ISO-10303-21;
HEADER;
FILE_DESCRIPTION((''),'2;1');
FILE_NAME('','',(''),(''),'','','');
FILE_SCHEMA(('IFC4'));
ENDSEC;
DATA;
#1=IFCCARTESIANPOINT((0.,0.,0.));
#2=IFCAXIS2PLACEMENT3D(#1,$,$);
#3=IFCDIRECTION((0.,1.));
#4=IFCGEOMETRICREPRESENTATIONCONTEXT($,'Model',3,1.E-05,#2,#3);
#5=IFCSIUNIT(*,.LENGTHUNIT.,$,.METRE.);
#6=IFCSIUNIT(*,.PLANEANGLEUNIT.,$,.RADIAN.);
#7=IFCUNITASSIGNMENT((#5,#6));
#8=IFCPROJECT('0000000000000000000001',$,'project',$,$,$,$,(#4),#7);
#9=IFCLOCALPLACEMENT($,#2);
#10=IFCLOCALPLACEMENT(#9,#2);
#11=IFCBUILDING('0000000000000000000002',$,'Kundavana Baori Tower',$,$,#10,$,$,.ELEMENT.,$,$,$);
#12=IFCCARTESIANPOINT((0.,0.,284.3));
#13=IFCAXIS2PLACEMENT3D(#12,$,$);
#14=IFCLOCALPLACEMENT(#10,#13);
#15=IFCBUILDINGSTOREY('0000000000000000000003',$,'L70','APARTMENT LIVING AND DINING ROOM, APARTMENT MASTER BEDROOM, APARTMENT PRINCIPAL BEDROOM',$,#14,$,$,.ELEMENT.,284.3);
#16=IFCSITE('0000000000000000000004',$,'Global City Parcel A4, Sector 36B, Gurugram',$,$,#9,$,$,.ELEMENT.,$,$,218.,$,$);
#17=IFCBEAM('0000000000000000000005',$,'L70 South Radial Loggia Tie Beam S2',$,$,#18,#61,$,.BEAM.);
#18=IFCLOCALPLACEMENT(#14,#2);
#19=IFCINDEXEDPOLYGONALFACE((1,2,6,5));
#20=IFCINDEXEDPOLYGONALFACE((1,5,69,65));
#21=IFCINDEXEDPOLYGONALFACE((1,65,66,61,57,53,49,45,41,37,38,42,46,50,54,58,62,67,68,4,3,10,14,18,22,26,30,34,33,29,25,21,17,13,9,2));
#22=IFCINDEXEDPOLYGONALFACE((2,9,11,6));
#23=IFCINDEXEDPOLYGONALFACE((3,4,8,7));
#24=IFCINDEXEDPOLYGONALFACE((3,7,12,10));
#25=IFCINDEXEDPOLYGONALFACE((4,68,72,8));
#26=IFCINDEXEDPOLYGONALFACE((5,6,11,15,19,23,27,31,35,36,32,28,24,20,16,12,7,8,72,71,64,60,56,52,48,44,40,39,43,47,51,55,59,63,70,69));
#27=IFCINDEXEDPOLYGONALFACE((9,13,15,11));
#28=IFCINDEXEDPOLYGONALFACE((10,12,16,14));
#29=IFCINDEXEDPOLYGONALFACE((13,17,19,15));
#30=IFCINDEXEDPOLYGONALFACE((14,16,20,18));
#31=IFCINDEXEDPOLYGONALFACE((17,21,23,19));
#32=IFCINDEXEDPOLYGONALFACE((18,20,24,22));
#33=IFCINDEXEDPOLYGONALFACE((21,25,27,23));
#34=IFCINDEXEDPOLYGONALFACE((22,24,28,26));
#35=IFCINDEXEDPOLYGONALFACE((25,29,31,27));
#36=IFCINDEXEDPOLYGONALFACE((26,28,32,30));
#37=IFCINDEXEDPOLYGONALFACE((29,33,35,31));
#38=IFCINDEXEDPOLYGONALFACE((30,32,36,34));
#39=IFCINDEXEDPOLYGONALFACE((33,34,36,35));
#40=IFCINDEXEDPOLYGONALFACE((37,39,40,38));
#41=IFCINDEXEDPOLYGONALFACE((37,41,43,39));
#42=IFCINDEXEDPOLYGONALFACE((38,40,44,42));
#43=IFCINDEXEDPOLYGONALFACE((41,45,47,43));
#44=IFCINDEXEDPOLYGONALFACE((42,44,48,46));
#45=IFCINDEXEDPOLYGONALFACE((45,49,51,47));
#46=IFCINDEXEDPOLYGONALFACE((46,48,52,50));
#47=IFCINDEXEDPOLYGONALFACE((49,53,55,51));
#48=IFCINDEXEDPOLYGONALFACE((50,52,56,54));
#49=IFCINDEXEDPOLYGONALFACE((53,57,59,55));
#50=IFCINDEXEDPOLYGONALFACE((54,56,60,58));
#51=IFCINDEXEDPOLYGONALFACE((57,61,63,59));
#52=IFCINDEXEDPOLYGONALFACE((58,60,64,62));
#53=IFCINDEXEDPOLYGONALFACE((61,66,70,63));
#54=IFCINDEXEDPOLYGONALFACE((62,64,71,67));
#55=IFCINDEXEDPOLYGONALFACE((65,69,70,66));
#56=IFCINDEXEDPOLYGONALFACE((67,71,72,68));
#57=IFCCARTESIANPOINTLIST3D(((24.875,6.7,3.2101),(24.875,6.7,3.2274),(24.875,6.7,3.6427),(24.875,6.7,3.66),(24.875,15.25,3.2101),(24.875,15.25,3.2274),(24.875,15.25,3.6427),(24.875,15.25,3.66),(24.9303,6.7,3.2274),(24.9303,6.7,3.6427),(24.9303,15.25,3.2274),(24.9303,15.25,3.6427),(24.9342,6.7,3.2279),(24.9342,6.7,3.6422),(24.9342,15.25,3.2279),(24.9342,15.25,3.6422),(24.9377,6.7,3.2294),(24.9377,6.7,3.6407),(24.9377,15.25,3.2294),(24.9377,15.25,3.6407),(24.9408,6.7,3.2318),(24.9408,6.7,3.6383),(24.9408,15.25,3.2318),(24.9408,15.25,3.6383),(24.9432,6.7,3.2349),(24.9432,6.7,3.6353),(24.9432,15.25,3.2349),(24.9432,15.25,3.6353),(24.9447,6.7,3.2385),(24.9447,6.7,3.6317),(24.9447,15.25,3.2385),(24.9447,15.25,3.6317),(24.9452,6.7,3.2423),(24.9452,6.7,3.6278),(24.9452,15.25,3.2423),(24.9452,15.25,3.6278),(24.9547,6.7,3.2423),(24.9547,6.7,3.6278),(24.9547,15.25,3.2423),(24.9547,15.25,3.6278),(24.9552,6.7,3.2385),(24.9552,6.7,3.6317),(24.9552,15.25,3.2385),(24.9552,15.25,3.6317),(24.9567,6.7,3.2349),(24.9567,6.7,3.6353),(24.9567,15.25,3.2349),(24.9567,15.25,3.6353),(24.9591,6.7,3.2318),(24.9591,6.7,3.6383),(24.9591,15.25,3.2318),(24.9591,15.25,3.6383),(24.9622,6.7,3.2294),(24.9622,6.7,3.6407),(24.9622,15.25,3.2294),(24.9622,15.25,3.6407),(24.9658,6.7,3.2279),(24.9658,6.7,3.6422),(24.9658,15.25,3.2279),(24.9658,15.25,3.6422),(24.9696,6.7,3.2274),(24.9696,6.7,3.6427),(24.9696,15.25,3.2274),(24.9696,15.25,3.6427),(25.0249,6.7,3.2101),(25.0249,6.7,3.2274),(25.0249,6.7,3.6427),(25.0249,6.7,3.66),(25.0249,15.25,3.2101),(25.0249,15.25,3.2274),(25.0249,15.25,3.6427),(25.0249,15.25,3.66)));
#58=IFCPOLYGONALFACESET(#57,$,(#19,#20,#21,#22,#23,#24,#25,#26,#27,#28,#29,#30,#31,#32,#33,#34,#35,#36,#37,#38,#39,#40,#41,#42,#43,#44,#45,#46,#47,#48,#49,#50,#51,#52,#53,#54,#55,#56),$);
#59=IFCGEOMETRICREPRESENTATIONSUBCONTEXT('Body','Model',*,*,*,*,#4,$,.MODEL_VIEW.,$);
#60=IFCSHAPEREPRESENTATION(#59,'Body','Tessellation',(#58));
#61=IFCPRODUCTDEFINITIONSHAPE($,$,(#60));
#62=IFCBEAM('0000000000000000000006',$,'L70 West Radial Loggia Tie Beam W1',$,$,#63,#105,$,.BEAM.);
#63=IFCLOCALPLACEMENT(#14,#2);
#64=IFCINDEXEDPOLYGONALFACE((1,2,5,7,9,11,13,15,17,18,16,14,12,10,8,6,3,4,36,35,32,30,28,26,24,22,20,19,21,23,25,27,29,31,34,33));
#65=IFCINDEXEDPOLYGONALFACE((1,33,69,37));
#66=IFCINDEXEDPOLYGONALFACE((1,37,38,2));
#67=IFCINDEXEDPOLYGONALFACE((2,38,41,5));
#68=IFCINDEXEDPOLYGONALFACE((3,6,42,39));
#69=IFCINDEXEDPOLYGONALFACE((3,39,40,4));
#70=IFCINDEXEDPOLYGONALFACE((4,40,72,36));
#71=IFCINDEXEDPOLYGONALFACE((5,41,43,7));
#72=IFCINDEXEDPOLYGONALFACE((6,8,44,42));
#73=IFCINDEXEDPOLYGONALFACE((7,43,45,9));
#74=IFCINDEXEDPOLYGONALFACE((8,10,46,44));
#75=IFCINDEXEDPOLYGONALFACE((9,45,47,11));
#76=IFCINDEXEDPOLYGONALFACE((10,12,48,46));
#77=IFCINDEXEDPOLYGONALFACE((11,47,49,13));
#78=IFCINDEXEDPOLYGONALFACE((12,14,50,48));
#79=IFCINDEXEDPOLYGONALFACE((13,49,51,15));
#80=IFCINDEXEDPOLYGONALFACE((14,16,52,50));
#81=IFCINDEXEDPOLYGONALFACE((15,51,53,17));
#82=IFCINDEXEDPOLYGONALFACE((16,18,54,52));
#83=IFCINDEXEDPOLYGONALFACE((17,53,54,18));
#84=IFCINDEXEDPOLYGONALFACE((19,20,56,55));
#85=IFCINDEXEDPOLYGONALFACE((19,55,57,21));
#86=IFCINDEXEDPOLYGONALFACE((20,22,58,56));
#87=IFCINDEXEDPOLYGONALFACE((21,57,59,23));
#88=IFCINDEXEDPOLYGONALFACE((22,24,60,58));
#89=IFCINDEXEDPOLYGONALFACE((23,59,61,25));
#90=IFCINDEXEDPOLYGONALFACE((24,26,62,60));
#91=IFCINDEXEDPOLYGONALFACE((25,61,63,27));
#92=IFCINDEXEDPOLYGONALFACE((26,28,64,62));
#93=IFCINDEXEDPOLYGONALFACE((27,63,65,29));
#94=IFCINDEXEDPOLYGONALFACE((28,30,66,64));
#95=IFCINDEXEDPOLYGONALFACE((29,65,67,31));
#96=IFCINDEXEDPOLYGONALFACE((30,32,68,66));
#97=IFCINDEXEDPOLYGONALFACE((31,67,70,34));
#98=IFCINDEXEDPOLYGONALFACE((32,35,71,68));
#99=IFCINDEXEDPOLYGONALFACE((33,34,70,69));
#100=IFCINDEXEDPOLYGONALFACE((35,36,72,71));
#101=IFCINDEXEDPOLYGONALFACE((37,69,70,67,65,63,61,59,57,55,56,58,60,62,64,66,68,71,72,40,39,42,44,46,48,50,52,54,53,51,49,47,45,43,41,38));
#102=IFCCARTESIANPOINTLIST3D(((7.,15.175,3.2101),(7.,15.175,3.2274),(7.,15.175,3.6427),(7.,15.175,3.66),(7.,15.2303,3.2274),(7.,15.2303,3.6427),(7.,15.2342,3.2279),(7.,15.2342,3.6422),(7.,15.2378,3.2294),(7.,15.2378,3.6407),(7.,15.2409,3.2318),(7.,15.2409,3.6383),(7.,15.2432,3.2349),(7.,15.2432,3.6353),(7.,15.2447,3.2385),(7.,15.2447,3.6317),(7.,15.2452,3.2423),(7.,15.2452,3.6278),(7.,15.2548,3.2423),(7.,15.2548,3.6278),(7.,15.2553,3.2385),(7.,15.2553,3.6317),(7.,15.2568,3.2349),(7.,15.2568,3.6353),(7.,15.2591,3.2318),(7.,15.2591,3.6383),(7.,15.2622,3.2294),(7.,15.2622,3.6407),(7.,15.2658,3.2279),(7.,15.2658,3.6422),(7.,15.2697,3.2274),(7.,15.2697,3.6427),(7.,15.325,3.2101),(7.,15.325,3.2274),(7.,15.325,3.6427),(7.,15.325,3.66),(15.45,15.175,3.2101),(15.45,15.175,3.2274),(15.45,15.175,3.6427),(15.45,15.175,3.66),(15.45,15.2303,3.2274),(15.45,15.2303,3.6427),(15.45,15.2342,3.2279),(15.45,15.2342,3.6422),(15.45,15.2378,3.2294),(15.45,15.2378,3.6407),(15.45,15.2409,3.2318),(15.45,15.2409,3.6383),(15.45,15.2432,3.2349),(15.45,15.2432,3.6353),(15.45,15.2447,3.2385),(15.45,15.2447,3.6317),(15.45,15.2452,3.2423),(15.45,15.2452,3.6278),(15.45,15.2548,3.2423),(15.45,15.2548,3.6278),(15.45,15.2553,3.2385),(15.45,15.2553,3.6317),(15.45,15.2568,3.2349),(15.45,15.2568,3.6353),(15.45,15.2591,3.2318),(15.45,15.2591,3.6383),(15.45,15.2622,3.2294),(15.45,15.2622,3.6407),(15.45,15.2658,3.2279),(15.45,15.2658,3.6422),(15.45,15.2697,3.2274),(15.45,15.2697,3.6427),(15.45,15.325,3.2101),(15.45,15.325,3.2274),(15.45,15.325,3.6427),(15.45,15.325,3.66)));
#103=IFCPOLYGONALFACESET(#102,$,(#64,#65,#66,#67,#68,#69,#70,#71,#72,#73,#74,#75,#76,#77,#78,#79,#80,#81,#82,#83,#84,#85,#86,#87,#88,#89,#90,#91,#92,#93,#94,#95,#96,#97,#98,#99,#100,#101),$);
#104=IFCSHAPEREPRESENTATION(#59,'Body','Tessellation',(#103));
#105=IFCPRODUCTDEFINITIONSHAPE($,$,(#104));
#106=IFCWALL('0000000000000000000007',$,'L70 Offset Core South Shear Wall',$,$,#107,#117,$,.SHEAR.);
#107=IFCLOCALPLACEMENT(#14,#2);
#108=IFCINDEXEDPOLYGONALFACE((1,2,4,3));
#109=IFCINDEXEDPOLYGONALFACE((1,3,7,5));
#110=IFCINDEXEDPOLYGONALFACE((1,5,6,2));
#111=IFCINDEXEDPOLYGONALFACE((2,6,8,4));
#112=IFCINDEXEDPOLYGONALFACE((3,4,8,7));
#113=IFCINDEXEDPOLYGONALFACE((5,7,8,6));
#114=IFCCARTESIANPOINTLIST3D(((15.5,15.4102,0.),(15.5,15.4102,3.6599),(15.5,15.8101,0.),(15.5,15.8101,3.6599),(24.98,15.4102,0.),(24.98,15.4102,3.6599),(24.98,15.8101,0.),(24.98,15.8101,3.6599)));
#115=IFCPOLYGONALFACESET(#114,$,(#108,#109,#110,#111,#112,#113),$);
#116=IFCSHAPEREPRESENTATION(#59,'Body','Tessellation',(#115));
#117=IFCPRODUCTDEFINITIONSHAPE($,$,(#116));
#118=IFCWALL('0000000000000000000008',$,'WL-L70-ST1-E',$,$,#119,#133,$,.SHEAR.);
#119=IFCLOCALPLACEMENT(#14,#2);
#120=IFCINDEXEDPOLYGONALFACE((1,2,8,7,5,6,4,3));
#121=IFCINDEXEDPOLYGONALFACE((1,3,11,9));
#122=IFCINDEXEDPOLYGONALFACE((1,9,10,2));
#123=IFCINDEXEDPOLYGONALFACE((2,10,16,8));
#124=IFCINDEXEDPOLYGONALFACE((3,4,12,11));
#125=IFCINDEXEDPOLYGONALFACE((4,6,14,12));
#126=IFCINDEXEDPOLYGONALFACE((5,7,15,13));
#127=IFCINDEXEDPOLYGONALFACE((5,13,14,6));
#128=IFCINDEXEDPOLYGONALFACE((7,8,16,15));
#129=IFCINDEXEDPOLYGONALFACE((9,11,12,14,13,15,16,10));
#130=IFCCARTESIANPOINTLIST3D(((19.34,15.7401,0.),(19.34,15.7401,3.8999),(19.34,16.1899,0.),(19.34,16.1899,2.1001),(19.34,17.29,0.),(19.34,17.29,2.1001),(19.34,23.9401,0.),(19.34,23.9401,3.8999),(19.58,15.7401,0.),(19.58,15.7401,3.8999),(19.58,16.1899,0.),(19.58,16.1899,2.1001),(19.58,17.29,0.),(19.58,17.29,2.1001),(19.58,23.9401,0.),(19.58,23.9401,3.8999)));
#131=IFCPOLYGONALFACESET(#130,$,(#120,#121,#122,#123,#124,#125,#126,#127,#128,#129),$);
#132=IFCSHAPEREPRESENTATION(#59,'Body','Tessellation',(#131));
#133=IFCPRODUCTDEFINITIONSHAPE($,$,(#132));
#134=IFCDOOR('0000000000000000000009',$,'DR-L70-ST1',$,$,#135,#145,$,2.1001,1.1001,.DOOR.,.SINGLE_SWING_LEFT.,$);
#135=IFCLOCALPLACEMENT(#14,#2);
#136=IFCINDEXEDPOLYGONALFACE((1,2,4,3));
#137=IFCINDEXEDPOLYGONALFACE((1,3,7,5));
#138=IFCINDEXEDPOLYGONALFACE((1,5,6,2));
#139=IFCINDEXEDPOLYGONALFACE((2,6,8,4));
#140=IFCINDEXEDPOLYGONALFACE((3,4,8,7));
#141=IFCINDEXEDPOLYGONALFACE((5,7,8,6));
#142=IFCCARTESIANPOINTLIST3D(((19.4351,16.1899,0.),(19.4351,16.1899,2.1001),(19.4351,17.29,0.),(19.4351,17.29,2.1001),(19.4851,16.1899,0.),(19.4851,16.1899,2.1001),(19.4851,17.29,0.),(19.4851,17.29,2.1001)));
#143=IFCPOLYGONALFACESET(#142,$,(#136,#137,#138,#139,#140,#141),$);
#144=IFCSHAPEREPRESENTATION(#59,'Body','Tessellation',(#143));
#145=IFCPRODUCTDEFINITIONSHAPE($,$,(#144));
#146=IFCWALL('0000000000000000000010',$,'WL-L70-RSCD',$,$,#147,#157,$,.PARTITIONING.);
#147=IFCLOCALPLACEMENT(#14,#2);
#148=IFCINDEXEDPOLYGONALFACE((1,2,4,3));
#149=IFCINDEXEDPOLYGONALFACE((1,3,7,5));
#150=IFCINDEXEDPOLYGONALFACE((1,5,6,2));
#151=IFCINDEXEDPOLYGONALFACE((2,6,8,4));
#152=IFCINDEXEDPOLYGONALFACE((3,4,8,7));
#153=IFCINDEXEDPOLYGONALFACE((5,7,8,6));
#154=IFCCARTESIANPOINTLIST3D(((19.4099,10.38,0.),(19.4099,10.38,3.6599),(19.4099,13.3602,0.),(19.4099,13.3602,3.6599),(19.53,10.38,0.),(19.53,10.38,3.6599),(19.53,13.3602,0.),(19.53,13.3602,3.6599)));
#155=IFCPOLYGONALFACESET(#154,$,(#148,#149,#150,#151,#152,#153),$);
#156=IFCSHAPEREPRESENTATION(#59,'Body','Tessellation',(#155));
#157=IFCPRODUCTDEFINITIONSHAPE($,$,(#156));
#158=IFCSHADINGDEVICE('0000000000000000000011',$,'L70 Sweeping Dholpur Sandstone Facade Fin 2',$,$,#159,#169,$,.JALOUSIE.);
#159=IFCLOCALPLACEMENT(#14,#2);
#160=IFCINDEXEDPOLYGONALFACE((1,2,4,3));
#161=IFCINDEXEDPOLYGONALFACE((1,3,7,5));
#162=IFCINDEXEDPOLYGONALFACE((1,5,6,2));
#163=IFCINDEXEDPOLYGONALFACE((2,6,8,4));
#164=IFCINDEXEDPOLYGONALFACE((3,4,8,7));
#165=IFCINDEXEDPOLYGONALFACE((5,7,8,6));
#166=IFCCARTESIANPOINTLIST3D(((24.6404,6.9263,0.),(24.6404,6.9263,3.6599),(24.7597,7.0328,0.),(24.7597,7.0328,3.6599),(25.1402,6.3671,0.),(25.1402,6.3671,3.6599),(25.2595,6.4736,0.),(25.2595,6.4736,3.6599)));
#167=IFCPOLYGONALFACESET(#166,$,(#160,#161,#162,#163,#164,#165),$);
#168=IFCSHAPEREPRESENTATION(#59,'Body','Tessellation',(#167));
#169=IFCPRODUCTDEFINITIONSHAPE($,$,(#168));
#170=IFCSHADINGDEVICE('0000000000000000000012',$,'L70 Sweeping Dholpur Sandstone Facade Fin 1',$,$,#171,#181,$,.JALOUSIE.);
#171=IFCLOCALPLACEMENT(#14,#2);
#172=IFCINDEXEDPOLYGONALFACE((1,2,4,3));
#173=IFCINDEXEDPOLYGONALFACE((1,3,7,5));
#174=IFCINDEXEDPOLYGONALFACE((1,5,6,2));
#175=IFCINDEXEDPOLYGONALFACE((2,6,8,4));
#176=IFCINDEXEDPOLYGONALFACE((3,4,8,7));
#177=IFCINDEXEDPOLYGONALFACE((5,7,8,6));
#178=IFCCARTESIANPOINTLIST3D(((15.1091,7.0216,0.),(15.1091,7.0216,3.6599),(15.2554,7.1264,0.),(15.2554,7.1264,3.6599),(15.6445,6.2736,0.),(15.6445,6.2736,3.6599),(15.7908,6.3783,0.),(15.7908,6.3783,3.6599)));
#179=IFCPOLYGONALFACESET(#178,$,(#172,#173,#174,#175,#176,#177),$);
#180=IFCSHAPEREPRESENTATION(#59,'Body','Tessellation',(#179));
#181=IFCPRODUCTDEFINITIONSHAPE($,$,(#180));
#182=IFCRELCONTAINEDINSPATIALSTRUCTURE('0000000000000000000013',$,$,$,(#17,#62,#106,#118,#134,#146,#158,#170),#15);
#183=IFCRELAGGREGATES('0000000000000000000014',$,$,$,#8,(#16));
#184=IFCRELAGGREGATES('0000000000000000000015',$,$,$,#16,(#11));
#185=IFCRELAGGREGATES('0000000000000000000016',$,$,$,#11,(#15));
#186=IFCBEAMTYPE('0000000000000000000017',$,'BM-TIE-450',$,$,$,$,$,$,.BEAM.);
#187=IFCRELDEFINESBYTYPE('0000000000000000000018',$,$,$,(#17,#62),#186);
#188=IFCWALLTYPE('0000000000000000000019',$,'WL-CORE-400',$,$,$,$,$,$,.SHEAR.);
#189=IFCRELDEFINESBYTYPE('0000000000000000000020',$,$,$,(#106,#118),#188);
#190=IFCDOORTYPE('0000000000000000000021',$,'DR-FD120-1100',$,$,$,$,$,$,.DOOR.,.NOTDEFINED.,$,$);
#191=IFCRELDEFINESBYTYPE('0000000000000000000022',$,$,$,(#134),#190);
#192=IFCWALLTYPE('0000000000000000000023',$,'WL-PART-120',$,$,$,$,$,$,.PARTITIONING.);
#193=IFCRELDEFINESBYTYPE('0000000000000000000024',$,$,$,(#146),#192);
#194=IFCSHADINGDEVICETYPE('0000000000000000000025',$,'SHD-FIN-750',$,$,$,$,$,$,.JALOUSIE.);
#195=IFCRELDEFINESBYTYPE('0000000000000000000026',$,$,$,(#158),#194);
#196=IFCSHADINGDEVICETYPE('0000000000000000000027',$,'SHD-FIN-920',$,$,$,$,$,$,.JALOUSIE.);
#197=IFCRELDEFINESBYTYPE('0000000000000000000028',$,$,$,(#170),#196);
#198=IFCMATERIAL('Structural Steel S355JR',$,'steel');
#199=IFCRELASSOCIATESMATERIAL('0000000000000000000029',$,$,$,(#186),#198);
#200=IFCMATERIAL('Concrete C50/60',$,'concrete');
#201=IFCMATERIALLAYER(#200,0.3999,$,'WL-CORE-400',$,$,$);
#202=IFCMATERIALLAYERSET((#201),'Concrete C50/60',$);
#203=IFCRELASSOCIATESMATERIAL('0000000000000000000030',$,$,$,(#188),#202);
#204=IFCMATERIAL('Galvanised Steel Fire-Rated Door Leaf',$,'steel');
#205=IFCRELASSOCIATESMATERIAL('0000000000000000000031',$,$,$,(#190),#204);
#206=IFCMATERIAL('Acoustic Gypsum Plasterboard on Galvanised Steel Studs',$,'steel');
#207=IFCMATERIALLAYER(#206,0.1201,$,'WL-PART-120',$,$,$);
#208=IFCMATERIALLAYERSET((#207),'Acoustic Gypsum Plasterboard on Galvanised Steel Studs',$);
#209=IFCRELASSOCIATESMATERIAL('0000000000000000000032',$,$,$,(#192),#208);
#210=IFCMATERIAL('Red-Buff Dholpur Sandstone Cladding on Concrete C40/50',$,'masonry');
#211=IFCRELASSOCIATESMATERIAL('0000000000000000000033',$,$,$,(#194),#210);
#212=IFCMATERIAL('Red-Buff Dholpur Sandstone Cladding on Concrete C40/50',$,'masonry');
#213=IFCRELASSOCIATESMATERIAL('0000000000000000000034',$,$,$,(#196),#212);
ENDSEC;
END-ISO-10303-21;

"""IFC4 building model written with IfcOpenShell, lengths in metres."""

from ifc_helpers import new_model, si_unit, direction, frame, frame_2d, origin, origin_2d, place, context, subcontext, project, spatial, rectangle, i_section, extrude, material, layer, layer_set, material_profile, profile_set, type_object, element, fill, save


model = new_model("IFC4")

# Units and contexts
model_context = context("Model", 3, precision=1e-05, world=origin(), true_north=direction((0.0, 1.0)))
body_context = subcontext(model_context, "Body", "Model", "MODEL_VIEW")
ifc_project = project(units=[si_unit("LENGTHUNIT", "METRE"), si_unit("PLANEANGLEUNIT", "RADIAN")], contexts=[model_context])

# Site, building, storey
site_placement = place(None, origin())
site = spatial("IfcSite", under=ifc_project, at=site_placement, Name="Global City Parcel A4, Sector 36B, Gurugram", CompositionType="ELEMENT", RefElevation=218.0)
building_placement = place(site_placement, origin())
building = spatial("IfcBuilding", under=site, at=building_placement, Name="Kundavana Baori Tower", CompositionType="ELEMENT")
storey_placement = place(building_placement, frame((0.0, 0.0, 284.3)))
storey = spatial("IfcBuildingStorey", under=building, at=storey_placement, Name="L70", Description="APARTMENT LIVING AND DINING ROOM, APARTMENT MASTER BEDROOM, APARTMENT PRINCIPAL BEDROOM", CompositionType="ELEMENT", Elevation=284.3)

# Beams
ifc_material_1 = material(Name="Structural Steel S355JR", Category="steel")
ifc_material_profile_1 = material_profile(ifc_material_1, i_section(OverallWidth=0.1499, OverallDepth=0.45, WebThickness=0.0095, FlangeThickness=0.0173, FilletRadius=0.0149, at=origin_2d()), Name="ISMB 450")
ifc_profile_set_1 = profile_set([ifc_material_profile_1], Name="Structural Steel S355JR")
beam_type_1 = type_object("IfcBeamType", Name="BM-TIE-450", PredefinedType="BEAM", material=ifc_profile_set_1)
for number, where, z_axis, x_axis, name in (
    (1, (24.95, 15.25, 3.4351), (0.0, -1.0, 0.0), (1.0, 0.0, 0.0), "L70 South Radial Loggia Tie Beam S2"),
):
    element("IfcBeam", number, at=place(storey_placement, frame(where, z_axis=z_axis, x_axis=x_axis)), inside=storey, type_object=beam_type_1, Name=name, PredefinedType="BEAM", context=body_context, shape_type="SweptSolid", body=[
        extrude(i_section(OverallWidth=0.1499, OverallDepth=0.45, WebThickness=0.0095, FlangeThickness=0.0173, FilletRadius=0.0149, at=origin_2d()), origin(), (0.0, 0.0, 1.0), 8.55),
    ])
beam_1_placement = place(storey_placement, frame((15.45, 15.25, 3.4351), z_axis=(-1.0, 0.0, 0.0), x_axis=(0.0, -1.0, 0.0)))
element("IfcBeam", 2, at=beam_1_placement, inside=storey, type_object=beam_type_1, Name="L70 West Radial Loggia Tie Beam W1", PredefinedType="BEAM", context=body_context, shape_type="SweptSolid", body=[
    extrude(i_section(OverallWidth=0.1499, OverallDepth=0.45, WebThickness=0.0095, FlangeThickness=0.0173, FilletRadius=0.0149, at=origin_2d()), origin(), (0.0, 0.0, 1.0), 8.45),
])

# Wall
ifc_material_2 = material(Name="Concrete C50/60", Category="concrete")
ifc_layer_1 = layer(ifc_material_2, 0.3999, Name="WL-CORE-400")
ifc_layer_set_1 = layer_set([ifc_layer_1], Name="Concrete C50/60")
wall_type_1 = type_object("IfcWallType", Name="WL-CORE-400", PredefinedType="SHEAR", material=ifc_layer_set_1)
wall_1_placement = place(storey_placement, frame((15.5, 15.6101, 0.0), z_axis=(0.0, 0.0, 1.0), x_axis=(1.0, 0.0, 0.0)))
element("IfcWall", 3, at=wall_1_placement, inside=storey, type_object=wall_type_1, Name="L70 Offset Core South Shear Wall", PredefinedType="SHEAR", context=body_context, shape_type="SweptSolid", body=[
    extrude(rectangle(XDim=9.48, YDim=0.3999, at=frame_2d((4.74, 0.0))), origin(), (0.0, 0.0, 1.0), 3.6599),
])

# Wall, opening, door
wall_2_placement = place(storey_placement, frame((19.46, 15.74, 0.0), z_axis=(0.0, 0.0, 1.0), x_axis=(0.0, 1.0, 0.0)))
wall_2 = element("IfcWall", 4, at=wall_2_placement, inside=storey, type_object=wall_type_1, Name="WL-L70-ST1-E", PredefinedType="SHEAR", context=body_context, shape_type="SweptSolid", body=[
    extrude(rectangle(XDim=8.2, YDim=0.24, at=frame_2d((4.1001, 0.0))), origin(), (0.0, 0.0, 1.0), 3.8999),
])
opening_placement = place(wall_2_placement, frame((0.45, 0.0, 0.0)))
opening = element("IfcOpeningElement", 5, at=opening_placement, cuts=wall_2, PredefinedType="OPENING", context=body_context, shape_type="SweptSolid", body=[
    extrude(rectangle(XDim=1.1001, YDim=2.1001, at=frame_2d((0.55, 1.05))), frame((0.0, 0.1299, 0.0), z_axis=(0.0, -1.0, 0.0), x_axis=(1.0, 0.0, 0.0)), (0.0, 0.0, 1.0), 0.26),
])
ifc_material_3 = material(Name="Galvanised Steel Fire-Rated Door Leaf", Category="steel")
door_type = type_object("IfcDoorType", Name="DR-FD120-1100", OperationType="NOTDEFINED", PredefinedType="DOOR", material=ifc_material_3)
door_placement = place(opening_placement, origin())
door = element("IfcDoor", 6, at=door_placement, inside=storey, type_object=door_type, Name="DR-L70-ST1", OperationType="SINGLE_SWING_LEFT", OverallHeight=2.1001, OverallWidth=1.1001, PredefinedType="DOOR", context=body_context, shape_type="SweptSolid", body=[
    extrude(rectangle(XDim=1.1001, YDim=2.1001, at=frame_2d((0.55, 1.05))), frame((0.0, 0.0249, 0.0), z_axis=(0.0, -1.0, 0.0), x_axis=(1.0, 0.0, 0.0)), (0.0, 0.0, 1.0), 0.05),
])
fill(opening, door)

# Wall
ifc_material_4 = material(Name="Acoustic Gypsum Plasterboard on Galvanised Steel Studs", Category="steel")
ifc_layer_2 = layer(ifc_material_4, 0.1201, Name="WL-PART-120")
ifc_layer_set_2 = layer_set([ifc_layer_2], Name="Acoustic Gypsum Plasterboard on Galvanised Steel Studs")
wall_type_2 = type_object("IfcWallType", Name="WL-PART-120", PredefinedType="PARTITIONING", material=ifc_layer_set_2)
wall_3_placement = place(storey_placement, frame((19.47, 10.3799, 0.0), z_axis=(0.0, 0.0, 1.0), x_axis=(0.0, 1.0, 0.0)))
element("IfcWall", 7, at=wall_3_placement, inside=storey, type_object=wall_type_2, Name="WL-L70-RSCD", PredefinedType="PARTITIONING", context=body_context, shape_type="SweptSolid", body=[
    extrude(rectangle(XDim=2.9802, YDim=0.1201, at=frame_2d((1.4902, 0.0))), origin(), (0.0, 0.0, 1.0), 3.6599),
])

# Shading devices
ifc_material_5 = material(Name="Red-Buff Dholpur Sandstone Cladding on Concrete C40/50", Category="masonry")
shading_device_type_1 = type_object("IfcShadingDeviceType", Name="SHD-FIN-750", PredefinedType="JALOUSIE", material=ifc_material_5)
shading_device_1_placement = place(storey_placement, frame((24.95, 6.7, 0.0), z_axis=(0.0, 0.0, 1.0), x_axis=(0.745592, 0.666402, 0.0)))
element("IfcShadingDevice", 8, at=shading_device_1_placement, inside=storey, type_object=shading_device_type_1, Name="L70 Sweeping Dholpur Sandstone Facade Fin 2", PredefinedType="JALOUSIE", context=body_context, shape_type="SweptSolid", body=[
    extrude(rectangle(XDim=0.1599, YDim=0.75, at=origin_2d()), origin(), (0.0, 0.0, 1.0), 3.6599),
])
ifc_material_6 = material(Name="Red-Buff Dholpur Sandstone Cladding on Concrete C40/50", Category="masonry")
shading_device_type_2 = type_object("IfcShadingDeviceType", Name="SHD-FIN-920", PredefinedType="JALOUSIE", material=ifc_material_6)
shading_device_2_placement = place(storey_placement, frame((15.45, 6.7, 0.0), z_axis=(0.0, 0.0, 1.0), x_axis=(0.813202, 0.581981, 0.0)))
element("IfcShadingDevice", 9, at=shading_device_2_placement, inside=storey, type_object=shading_device_type_2, Name="L70 Sweeping Dholpur Sandstone Facade Fin 1", PredefinedType="JALOUSIE", context=body_context, shape_type="SweptSolid", body=[
    extrude(rectangle(XDim=0.1799, YDim=0.9199, at=origin_2d()), origin(), (0.0, 0.0, 1.0), 3.6599),
])

save(model, "model.ifc")
